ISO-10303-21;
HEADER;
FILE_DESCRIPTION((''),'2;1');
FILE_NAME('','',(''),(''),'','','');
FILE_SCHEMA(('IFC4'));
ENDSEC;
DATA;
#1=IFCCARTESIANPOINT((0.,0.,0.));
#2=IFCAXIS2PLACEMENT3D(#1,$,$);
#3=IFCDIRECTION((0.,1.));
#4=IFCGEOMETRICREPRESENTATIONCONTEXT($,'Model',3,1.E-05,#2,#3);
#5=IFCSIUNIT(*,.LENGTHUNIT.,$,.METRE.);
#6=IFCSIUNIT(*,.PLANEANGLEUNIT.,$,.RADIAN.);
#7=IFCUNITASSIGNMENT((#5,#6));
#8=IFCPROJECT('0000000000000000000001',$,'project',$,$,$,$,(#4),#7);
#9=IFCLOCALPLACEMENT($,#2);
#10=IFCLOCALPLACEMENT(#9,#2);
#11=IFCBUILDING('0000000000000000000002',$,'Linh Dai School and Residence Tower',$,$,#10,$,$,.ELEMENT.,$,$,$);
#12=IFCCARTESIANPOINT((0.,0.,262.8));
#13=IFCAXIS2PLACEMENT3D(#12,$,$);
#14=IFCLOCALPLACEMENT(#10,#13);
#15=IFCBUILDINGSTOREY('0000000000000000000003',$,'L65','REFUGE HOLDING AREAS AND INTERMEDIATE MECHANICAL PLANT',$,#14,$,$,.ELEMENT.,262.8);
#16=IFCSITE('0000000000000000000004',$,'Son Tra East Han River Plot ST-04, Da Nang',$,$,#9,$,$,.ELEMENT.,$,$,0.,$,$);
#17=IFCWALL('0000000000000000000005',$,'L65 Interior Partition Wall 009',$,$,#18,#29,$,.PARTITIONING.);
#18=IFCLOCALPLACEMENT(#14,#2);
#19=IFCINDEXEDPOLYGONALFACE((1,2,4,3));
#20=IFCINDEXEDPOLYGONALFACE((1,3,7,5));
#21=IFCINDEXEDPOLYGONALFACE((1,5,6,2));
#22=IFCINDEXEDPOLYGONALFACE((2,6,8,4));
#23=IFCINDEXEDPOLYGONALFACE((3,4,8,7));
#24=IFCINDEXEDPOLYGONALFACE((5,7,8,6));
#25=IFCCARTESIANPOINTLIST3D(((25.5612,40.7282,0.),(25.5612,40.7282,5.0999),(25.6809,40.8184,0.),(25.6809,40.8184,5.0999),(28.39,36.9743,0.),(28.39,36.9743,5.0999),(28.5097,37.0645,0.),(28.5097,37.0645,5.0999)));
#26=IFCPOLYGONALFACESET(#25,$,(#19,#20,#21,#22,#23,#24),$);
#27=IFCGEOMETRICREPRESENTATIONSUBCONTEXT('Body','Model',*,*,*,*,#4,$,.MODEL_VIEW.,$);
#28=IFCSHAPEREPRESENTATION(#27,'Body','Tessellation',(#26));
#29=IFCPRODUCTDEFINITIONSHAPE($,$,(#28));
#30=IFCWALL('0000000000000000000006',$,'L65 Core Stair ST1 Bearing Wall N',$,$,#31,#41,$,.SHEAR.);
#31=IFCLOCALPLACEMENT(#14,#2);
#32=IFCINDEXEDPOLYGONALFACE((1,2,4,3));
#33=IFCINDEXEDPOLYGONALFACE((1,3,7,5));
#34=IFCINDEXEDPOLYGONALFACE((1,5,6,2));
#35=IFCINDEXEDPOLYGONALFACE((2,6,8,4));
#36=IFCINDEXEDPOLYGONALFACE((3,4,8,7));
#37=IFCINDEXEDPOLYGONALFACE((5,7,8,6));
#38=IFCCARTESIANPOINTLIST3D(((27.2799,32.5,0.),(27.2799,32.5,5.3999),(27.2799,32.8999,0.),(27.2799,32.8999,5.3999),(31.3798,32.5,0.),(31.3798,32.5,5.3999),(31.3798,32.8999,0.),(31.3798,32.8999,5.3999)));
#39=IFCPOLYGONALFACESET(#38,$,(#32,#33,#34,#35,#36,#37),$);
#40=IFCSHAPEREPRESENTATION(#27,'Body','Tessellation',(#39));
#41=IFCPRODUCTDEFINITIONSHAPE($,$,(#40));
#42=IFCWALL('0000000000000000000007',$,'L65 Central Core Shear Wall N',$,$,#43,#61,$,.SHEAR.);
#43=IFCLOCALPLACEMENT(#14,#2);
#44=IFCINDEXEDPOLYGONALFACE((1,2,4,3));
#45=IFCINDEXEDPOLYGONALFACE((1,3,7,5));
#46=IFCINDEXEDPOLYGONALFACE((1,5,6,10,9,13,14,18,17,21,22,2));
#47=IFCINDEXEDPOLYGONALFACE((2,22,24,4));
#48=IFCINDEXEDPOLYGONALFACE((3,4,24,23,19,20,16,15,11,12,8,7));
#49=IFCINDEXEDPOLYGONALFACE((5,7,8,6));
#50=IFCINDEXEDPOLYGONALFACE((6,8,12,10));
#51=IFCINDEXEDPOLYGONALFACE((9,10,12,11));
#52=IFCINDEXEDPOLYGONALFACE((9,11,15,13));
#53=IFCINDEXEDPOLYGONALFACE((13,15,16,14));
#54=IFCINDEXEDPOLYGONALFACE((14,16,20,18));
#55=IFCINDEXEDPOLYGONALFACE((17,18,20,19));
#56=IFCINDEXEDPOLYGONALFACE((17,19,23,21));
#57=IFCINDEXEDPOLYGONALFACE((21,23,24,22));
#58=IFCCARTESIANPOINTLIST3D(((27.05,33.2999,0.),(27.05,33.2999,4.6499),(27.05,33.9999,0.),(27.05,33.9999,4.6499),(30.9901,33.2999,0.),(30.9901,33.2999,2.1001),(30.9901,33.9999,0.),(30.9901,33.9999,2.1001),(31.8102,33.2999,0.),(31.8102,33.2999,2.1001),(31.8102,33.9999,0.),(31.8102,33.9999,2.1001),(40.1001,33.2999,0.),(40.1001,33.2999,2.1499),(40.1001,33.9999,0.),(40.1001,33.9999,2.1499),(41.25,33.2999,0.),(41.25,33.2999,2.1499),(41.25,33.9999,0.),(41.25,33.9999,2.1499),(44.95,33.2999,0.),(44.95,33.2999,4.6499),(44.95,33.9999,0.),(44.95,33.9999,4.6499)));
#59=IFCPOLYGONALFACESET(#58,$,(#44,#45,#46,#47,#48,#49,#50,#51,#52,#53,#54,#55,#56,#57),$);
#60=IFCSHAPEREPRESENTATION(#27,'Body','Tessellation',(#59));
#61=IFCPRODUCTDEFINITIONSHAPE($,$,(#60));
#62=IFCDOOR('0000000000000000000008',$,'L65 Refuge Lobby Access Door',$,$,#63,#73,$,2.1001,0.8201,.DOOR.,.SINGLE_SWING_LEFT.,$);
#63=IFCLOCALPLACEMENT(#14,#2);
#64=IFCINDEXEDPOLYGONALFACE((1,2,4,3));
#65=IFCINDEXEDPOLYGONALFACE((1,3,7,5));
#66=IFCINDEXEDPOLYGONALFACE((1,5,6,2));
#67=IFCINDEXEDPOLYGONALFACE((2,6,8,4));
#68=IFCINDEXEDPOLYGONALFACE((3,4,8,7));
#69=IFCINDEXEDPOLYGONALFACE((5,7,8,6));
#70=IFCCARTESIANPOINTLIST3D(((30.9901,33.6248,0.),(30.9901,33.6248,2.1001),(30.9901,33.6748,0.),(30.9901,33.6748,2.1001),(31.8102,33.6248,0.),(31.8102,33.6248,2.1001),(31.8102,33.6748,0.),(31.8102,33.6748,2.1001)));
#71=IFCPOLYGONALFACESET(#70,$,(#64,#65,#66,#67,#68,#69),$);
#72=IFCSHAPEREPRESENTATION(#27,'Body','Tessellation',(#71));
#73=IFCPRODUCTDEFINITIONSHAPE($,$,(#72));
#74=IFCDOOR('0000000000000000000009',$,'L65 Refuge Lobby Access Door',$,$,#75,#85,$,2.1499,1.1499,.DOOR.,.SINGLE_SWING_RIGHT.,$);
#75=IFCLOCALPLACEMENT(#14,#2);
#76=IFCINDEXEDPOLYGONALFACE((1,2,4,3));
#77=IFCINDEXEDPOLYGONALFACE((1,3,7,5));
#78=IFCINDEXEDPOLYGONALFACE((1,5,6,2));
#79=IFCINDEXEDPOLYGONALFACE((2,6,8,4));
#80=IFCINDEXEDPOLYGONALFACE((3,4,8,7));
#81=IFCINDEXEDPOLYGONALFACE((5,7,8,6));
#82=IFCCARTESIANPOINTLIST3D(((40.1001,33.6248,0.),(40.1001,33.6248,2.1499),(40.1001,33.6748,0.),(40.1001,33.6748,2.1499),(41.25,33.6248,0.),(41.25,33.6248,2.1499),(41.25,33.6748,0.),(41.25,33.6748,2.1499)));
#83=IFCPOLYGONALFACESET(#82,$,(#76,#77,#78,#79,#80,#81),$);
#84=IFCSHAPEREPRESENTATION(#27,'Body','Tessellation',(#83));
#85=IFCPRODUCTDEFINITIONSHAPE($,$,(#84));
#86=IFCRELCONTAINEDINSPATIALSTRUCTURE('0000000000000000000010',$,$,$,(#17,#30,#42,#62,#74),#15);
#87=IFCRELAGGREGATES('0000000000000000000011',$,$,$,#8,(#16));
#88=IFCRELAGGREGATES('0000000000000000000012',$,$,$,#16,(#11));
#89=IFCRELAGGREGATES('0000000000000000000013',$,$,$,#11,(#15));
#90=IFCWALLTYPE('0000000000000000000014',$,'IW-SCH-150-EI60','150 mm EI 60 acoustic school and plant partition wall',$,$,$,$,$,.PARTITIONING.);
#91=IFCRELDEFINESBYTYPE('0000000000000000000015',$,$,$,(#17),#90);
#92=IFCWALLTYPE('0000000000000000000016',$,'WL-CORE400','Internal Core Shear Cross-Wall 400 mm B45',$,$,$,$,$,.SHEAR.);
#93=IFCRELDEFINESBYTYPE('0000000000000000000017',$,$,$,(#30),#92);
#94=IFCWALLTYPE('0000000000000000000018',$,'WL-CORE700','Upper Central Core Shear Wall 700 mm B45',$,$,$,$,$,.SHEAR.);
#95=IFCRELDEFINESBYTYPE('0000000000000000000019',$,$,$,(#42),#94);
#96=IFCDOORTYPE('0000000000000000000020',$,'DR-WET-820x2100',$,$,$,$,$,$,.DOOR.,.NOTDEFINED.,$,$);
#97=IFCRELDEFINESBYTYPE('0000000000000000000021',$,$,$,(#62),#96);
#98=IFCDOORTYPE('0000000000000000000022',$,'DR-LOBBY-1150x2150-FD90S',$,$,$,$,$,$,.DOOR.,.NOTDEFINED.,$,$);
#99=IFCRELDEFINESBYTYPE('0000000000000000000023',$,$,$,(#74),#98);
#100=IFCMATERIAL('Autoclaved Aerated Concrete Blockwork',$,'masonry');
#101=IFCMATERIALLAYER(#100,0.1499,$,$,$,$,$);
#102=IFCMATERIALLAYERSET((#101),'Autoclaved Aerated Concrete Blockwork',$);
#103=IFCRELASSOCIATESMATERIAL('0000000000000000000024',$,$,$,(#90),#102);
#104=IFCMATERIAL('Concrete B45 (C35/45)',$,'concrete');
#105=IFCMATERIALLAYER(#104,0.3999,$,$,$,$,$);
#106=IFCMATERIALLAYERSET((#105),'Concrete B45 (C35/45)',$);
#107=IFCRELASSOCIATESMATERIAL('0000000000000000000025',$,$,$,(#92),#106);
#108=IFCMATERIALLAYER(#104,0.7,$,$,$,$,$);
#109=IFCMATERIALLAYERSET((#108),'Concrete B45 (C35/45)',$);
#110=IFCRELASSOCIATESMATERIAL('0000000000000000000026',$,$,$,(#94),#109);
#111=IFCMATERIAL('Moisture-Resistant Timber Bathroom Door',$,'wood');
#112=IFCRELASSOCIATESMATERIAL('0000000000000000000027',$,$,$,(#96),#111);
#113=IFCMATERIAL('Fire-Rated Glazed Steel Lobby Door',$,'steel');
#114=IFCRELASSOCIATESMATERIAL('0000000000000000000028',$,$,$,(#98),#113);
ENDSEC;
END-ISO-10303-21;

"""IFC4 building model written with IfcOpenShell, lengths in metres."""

from ifc_helpers import new_model, si_unit, direction, frame, frame_2d, origin, origin_2d, place, context, subcontext, project, spatial, rectangle, extrude, source, transform, mapped, material, layer, layer_set, type_object, element, fill, save


model = new_model("IFC4")

# Units and contexts
model_context = context("Model", 3, precision=1e-05, world=origin(), true_north=direction((0.0, 1.0)))
body_context = subcontext(model_context, "Body", "Model", "MODEL_VIEW")
ifc_project = project(units=[si_unit("LENGTHUNIT", "METRE"), si_unit("PLANEANGLEUNIT", "RADIAN")], contexts=[model_context])

# Site, building, storey
site_placement = place(None, origin())
site = spatial("IfcSite", under=ifc_project, at=site_placement, Name="Son Tra East Han River Plot ST-04, Da Nang", CompositionType="ELEMENT", RefElevation=0.0)
building_placement = place(site_placement, origin())
building = spatial("IfcBuilding", under=site, at=building_placement, Name="Linh Dai School and Residence Tower", CompositionType="ELEMENT")
storey_placement = place(building_placement, frame((0.0, 0.0, 262.8)))
storey = spatial("IfcBuildingStorey", under=building, at=storey_placement, Name="L65", Description="REFUGE HOLDING AREAS AND INTERMEDIATE MECHANICAL PLANT", CompositionType="ELEMENT", Elevation=262.8)

# Shared definitions
ifc_material_1 = material(Name="Concrete B45 (C35/45)", Category="concrete")

# Shared definitions
ifc_material_2 = material(Name="Autoclaved Aerated Concrete Blockwork", Category="masonry")

# Walls
ifc_layer_1 = layer(ifc_material_2, 0.1499)
ifc_layer_set_1 = layer_set([ifc_layer_1], Name="Autoclaved Aerated Concrete Blockwork")
wall_type_1 = type_object("IfcWallType", Name="IW-SCH-150-EI60", Description="150 mm EI 60 acoustic school and plant partition wall", PredefinedType="PARTITIONING", material=ifc_layer_set_1)
wall_1_placement = place(storey_placement, frame((25.6211, 40.7732, 0.0), z_axis=(0.0, 0.0, 1.0), x_axis=(0.601827, -0.798627, 0.0)))
element("IfcWall", 1, at=wall_1_placement, inside=storey, type_object=wall_type_1, Name="L65 Interior Partition Wall 009", PredefinedType="PARTITIONING", context=body_context, shape_type="SweptSolid", body=[
    extrude(rectangle(XDim=4.7004, YDim=0.1499, at=frame_2d((2.3501, 0.0))), origin(), (0.0, 0.0, 1.0), 5.0999),
])
ifc_layer_2 = layer(ifc_material_1, 0.3999)
ifc_layer_set_2 = layer_set([ifc_layer_2], Name="Concrete B45 (C35/45)")
wall_type_2 = type_object("IfcWallType", Name="WL-CORE400", Description="Internal Core Shear Cross-Wall 400 mm B45", PredefinedType="SHEAR", material=ifc_layer_set_2)
wall_2_placement = place(storey_placement, frame((27.28, 32.7, 0.0), z_axis=(0.0, 0.0, 1.0), x_axis=(1.0, 0.0, 0.0)))
element("IfcWall", 2, at=wall_2_placement, inside=storey, type_object=wall_type_2, Name="L65 Core Stair ST1 Bearing Wall N", PredefinedType="SHEAR", context=body_context, shape_type="SweptSolid", body=[
    extrude(rectangle(XDim=4.0999, YDim=0.3999, at=frame_2d((2.0498, 0.0))), origin(), (0.0, 0.0, 1.0), 5.3999),
])

# Wall, openings, doors
ifc_layer_3 = layer(ifc_material_1, 0.7)
ifc_layer_set_3 = layer_set([ifc_layer_3], Name="Concrete B45 (C35/45)")
wall_type_3 = type_object("IfcWallType", Name="WL-CORE700", Description="Upper Central Core Shear Wall 700 mm B45", PredefinedType="SHEAR", material=ifc_layer_set_3)
wall_3_placement = place(storey_placement, frame((27.05, 33.6499, 0.0), z_axis=(0.0, 0.0, 1.0), x_axis=(1.0, 0.0, 0.0)))
wall_3 = element("IfcWall", 3, at=wall_3_placement, inside=storey, type_object=wall_type_3, Name="L65 Central Core Shear Wall N", PredefinedType="SHEAR", context=body_context, shape_type="SweptSolid", body=[
    extrude(rectangle(XDim=17.8999, YDim=0.7, at=frame_2d((8.95, 0.0))), origin(), (0.0, 0.0, 1.0), 4.6499),
])
opening_1_placement = place(wall_3_placement, frame((3.9399, 0.0, 0.0)))
opening_1 = element("IfcOpeningElement", 4, at=opening_1_placement, cuts=wall_3, PredefinedType="OPENING", context=body_context, shape_type="SweptSolid", body=[
    extrude(rectangle(XDim=0.8201, YDim=2.1001, at=origin_2d()), frame((0.4102, 0.3599, 1.05), z_axis=(0.0, -1.0, 0.0), x_axis=(1.0, 0.0, 0.0)), (0.0, 0.0, 1.0), 0.72),
])
opening_2_placement = place(wall_3_placement, frame((13.05, 0.0, 0.0)))
opening_2 = element("IfcOpeningElement", 5, at=opening_2_placement, cuts=wall_3, PredefinedType="OPENING", context=body_context, shape_type="SweptSolid", body=[
    extrude(rectangle(XDim=1.1499, YDim=2.1499, at=origin_2d()), frame((0.575, 0.3599, 1.075), z_axis=(0.0, -1.0, 0.0), x_axis=(1.0, 0.0, 0.0)), (0.0, 0.0, 1.0), 0.72),
])
ifc_material_3 = material(Name="Moisture-Resistant Timber Bathroom Door", Category="wood")
door_type_1 = type_object("IfcDoorType", Name="DR-WET-820x2100", OperationType="NOTDEFINED", PredefinedType="DOOR", material=ifc_material_3)
shared_shape_1 = source(origin(), body_context, "Body", "SweptSolid", [
    extrude(rectangle(XDim=0.8201, YDim=2.1001, at=origin_2d()), frame((0.4102, 0.0249, 1.05), z_axis=(0.0, -1.0, 0.0), x_axis=(1.0, 0.0, 0.0)), (0.0, 0.0, 1.0), 0.05),
])
door_1_placement = place(opening_1_placement, origin())
door_1 = element("IfcDoor", 6, at=door_1_placement, inside=storey, type_object=door_type_1, Name="L65 Refuge Lobby Access Door", OperationType="SINGLE_SWING_LEFT", OverallHeight=2.1001, OverallWidth=0.8201, PredefinedType="DOOR", context=body_context, shape_type="MappedRepresentation", body=[
    mapped(shared_shape_1, transform((0.0, 0.0, 0.0), x_axis=(1.0, 0.0, 0.0), y_axis=(0.0, 1.0, 0.0), z_axis=(0.0, 0.0, 1.0), scale=1.0)),
])
fill(opening_1, door_1)
ifc_material_4 = material(Name="Fire-Rated Glazed Steel Lobby Door", Category="steel")
door_type_2 = type_object("IfcDoorType", Name="DR-LOBBY-1150x2150-FD90S", OperationType="NOTDEFINED", PredefinedType="DOOR", material=ifc_material_4)
shared_shape_2 = source(origin(), body_context, "Body", "SweptSolid", [
    extrude(rectangle(XDim=1.1499, YDim=2.1499, at=origin_2d()), frame((0.575, 0.0249, 1.075), z_axis=(0.0, -1.0, 0.0), x_axis=(1.0, 0.0, 0.0)), (0.0, 0.0, 1.0), 0.05),
])
door_2_placement = place(opening_2_placement, origin())
door_2 = element("IfcDoor", 7, at=door_2_placement, inside=storey, type_object=door_type_2, Name="L65 Refuge Lobby Access Door", OperationType="SINGLE_SWING_RIGHT", OverallHeight=2.1499, OverallWidth=1.1499, PredefinedType="DOOR", context=body_context, shape_type="MappedRepresentation", body=[
    mapped(shared_shape_2, transform((0.0, 0.0, 0.0), x_axis=(1.0, 0.0, 0.0), y_axis=(0.0, 1.0, 0.0), z_axis=(0.0, 0.0, 1.0), scale=1.0)),
])
fill(opening_2, door_2)

save(model, "model.ifc")
